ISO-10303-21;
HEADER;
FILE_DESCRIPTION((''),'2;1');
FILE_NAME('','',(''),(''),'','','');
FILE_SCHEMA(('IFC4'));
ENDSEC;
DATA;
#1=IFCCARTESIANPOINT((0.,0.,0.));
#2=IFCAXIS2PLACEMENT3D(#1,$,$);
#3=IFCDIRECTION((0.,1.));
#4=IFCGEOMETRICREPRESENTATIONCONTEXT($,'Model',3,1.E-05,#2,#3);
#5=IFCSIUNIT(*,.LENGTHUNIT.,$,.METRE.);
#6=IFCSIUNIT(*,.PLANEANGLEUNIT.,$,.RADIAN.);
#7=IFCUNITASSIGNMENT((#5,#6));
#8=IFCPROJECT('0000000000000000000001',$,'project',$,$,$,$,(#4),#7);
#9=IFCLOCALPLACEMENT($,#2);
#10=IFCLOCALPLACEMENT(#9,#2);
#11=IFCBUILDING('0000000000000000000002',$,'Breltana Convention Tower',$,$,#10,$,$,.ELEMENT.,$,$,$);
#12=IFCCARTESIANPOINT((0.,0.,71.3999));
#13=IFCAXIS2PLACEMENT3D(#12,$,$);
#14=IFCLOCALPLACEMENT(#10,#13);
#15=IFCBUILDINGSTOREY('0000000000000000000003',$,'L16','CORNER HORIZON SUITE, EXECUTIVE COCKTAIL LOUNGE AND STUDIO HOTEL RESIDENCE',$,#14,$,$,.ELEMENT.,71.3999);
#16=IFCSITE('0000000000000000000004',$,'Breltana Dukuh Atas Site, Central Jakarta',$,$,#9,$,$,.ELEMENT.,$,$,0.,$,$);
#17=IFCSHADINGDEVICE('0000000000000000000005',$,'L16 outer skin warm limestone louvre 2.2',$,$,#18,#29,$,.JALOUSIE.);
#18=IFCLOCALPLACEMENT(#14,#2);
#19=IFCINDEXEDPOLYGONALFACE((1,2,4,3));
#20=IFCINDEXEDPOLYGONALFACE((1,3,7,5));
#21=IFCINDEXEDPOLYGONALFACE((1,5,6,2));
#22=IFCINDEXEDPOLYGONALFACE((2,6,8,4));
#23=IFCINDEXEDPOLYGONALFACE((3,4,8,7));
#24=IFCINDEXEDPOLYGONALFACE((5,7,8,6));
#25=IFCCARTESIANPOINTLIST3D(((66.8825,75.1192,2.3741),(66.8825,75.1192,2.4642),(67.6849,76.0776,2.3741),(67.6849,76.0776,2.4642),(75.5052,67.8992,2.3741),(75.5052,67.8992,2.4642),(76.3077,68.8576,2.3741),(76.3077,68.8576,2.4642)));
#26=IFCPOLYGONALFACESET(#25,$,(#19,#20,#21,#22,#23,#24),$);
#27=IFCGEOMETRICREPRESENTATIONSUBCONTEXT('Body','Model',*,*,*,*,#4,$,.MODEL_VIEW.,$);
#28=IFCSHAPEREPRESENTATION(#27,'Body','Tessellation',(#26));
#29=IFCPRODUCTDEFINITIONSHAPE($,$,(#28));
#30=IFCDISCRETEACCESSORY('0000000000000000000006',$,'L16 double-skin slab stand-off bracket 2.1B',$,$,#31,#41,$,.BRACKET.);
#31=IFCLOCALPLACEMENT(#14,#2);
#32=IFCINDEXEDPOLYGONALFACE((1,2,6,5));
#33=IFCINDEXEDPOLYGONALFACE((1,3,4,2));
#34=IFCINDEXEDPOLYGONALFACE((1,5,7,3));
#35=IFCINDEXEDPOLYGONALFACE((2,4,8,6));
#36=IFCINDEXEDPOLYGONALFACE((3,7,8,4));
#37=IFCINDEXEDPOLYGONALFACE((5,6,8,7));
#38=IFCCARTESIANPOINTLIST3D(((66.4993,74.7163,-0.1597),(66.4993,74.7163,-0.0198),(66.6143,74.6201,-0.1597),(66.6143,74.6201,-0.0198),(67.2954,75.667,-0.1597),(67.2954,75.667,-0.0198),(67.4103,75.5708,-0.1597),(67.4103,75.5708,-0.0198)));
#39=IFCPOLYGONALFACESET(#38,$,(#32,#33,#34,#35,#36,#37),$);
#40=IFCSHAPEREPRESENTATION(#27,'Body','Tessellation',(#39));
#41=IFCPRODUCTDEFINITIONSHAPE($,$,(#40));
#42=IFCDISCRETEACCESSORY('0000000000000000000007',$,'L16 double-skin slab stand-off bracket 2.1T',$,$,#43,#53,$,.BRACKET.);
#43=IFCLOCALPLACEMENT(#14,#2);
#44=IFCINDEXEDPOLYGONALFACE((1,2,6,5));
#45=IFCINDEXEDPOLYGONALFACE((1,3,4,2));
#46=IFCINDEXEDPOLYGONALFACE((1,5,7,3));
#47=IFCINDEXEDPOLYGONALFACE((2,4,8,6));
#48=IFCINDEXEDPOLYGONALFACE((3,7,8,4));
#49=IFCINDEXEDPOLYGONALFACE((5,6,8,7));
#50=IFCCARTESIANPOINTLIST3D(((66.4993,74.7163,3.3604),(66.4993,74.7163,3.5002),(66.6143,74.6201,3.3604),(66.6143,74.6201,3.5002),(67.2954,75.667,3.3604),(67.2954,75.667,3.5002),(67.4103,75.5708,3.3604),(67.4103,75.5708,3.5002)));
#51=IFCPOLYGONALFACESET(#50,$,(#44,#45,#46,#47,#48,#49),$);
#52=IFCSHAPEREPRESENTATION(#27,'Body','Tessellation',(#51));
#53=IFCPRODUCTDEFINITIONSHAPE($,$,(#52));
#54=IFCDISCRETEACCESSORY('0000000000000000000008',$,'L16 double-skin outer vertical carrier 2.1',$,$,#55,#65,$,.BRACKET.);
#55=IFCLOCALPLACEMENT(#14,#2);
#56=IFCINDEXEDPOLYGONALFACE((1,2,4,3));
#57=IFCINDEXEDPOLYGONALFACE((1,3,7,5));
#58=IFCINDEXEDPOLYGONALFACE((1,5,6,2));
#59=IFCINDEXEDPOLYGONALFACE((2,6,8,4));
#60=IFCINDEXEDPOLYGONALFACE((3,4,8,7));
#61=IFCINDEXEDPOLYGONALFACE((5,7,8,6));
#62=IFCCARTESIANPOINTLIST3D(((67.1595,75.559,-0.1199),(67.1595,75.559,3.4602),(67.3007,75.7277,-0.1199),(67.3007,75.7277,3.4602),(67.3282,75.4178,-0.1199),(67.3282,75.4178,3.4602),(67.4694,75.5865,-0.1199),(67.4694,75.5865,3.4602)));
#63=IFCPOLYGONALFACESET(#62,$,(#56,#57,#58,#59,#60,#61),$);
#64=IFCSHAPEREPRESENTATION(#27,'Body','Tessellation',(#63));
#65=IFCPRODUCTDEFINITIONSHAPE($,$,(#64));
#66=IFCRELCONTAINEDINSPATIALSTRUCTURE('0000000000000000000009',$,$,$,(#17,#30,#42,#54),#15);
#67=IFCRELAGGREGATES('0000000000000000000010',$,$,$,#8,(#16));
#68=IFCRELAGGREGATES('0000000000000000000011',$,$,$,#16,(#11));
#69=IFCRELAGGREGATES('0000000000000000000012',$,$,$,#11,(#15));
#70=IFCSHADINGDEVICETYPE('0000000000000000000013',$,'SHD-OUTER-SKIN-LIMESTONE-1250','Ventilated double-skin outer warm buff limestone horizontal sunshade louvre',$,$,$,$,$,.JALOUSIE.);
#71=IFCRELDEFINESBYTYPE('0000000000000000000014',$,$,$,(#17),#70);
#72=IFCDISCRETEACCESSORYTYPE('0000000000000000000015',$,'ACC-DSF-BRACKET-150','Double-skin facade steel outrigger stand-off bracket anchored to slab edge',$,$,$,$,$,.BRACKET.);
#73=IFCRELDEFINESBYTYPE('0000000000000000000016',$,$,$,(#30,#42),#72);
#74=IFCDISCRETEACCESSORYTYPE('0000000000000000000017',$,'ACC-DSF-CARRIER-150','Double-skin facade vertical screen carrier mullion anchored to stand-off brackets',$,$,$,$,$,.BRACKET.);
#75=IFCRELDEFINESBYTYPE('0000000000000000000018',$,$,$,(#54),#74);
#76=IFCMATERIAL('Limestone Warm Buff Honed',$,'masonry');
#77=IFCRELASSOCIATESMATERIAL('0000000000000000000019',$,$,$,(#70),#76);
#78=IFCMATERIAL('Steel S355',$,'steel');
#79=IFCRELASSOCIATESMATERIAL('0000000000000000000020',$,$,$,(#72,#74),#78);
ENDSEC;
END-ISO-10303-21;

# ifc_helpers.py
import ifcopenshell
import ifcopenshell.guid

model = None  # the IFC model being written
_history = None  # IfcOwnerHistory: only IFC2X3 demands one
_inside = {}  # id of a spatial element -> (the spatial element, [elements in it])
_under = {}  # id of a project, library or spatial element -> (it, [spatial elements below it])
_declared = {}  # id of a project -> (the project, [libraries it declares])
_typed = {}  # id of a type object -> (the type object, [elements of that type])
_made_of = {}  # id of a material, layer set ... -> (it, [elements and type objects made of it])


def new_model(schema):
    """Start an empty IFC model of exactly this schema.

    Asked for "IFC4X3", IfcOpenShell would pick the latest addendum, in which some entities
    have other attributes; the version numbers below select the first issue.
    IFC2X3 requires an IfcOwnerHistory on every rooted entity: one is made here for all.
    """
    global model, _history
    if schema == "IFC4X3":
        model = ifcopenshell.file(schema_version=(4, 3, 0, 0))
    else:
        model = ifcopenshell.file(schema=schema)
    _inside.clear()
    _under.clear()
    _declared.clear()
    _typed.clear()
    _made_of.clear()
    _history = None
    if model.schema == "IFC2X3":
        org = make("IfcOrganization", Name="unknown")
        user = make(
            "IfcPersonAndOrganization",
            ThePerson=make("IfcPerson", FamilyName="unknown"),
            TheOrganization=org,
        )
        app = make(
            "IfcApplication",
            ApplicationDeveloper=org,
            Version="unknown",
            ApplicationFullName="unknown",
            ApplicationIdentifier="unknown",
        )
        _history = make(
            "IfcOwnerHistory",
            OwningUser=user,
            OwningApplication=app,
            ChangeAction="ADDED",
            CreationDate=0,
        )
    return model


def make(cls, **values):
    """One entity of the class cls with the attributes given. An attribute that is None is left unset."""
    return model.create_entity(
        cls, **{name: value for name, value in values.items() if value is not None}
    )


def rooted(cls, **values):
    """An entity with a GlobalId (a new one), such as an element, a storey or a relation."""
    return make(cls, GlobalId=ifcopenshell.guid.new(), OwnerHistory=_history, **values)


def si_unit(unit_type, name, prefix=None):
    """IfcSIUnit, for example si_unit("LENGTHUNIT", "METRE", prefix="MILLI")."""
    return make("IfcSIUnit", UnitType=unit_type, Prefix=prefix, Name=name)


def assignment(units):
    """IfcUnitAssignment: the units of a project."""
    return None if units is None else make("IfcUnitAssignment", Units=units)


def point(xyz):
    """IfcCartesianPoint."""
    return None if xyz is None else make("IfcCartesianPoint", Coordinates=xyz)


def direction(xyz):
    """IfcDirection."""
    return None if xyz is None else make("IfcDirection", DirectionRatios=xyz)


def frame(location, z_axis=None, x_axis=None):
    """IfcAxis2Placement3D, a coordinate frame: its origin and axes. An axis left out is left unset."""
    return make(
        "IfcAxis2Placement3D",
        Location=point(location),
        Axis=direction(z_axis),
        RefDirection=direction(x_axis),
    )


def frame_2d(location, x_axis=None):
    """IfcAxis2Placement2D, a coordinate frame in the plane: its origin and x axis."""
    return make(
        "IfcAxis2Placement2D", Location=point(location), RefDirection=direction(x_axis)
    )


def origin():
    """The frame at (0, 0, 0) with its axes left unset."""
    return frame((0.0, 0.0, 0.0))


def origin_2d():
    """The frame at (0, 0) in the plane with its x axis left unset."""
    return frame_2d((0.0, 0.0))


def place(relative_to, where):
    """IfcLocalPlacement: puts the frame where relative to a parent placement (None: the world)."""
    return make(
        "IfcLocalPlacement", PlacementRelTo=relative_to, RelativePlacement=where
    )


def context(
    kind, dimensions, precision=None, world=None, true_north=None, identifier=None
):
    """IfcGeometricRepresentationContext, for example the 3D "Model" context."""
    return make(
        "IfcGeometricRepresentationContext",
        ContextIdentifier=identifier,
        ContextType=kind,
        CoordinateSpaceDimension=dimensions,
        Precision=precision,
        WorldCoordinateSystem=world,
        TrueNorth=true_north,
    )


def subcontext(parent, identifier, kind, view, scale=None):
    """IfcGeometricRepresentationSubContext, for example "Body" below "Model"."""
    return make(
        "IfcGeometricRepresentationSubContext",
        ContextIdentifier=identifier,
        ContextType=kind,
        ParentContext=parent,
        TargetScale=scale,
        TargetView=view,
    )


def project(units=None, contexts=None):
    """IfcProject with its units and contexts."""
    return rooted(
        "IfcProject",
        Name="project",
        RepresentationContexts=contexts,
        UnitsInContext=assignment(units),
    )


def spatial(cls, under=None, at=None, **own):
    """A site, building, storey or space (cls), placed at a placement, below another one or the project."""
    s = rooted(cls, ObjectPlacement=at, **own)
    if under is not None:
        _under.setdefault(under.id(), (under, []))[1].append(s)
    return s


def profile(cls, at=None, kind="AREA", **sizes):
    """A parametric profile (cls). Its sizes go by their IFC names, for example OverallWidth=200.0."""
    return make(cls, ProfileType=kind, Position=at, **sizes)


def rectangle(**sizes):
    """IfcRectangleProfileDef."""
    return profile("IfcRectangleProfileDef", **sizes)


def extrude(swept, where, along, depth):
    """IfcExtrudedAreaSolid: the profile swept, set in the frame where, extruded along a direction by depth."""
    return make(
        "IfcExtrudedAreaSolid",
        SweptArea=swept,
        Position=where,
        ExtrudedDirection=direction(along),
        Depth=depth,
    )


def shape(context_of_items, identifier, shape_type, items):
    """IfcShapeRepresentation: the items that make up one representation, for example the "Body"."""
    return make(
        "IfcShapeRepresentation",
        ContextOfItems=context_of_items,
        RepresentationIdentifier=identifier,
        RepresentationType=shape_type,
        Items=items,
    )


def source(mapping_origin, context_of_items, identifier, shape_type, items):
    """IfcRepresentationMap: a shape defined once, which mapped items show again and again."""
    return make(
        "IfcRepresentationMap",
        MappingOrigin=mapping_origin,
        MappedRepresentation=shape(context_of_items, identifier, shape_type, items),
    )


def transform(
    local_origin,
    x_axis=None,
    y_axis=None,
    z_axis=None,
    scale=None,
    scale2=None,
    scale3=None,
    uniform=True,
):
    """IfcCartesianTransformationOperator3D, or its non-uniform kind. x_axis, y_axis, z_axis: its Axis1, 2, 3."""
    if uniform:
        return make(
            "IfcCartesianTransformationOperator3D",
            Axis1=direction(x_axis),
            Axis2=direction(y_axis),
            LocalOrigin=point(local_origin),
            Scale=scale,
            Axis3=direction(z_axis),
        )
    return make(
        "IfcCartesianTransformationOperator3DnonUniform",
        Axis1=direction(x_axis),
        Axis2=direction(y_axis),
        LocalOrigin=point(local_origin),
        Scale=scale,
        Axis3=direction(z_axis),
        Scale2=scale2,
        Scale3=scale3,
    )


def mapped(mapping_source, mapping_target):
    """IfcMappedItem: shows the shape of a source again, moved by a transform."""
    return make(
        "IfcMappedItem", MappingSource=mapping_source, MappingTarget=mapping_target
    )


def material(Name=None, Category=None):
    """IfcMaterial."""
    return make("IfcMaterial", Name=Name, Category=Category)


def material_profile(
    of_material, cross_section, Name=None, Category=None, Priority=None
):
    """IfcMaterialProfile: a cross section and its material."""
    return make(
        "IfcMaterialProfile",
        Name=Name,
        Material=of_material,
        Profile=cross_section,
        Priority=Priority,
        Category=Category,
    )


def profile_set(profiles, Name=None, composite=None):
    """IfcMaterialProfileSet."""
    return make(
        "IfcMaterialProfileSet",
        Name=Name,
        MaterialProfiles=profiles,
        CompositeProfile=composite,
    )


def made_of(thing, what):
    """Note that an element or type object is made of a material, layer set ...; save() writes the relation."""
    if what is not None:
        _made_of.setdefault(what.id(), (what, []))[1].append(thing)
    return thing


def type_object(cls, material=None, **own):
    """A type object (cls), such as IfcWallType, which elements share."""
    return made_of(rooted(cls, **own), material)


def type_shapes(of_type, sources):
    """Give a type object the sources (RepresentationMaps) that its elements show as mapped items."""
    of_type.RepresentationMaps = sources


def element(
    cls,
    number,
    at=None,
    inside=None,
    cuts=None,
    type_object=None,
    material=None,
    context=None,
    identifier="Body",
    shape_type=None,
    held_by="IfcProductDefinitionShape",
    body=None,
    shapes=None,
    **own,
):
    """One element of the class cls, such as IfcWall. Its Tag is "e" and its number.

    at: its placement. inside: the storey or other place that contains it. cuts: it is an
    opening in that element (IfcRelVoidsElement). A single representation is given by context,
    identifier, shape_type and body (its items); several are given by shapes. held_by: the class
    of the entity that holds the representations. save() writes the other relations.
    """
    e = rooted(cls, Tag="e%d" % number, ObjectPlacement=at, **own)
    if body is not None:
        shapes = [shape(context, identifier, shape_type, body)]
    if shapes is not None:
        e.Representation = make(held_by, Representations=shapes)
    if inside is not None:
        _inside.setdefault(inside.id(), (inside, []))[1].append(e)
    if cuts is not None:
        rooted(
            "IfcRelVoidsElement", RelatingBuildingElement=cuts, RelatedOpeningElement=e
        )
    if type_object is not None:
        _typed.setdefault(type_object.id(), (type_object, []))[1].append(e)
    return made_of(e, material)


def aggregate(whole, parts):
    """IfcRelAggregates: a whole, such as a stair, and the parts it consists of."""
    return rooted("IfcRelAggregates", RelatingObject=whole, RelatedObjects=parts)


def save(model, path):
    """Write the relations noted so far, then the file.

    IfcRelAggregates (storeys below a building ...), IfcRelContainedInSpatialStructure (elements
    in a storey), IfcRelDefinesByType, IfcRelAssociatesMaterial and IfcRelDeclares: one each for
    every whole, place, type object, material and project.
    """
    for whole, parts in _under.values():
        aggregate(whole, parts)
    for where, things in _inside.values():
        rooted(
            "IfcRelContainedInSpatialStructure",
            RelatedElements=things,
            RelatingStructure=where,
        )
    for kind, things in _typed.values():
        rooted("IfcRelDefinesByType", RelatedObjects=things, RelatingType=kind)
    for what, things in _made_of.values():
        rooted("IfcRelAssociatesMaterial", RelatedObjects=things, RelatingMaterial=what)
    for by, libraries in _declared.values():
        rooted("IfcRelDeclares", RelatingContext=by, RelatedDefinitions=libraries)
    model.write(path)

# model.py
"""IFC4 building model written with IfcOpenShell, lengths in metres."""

from ifc_helpers import new_model, si_unit, direction, frame, origin, origin_2d, place, context, subcontext, project, spatial, rectangle, extrude, source, transform, mapped, material, material_profile, profile_set, type_object, type_shapes, element, save


model = new_model("IFC4")

# Units and contexts
model_context = context("Model", 3, precision=1e-05, world=origin(), true_north=direction((0.0, 1.0)))
body_context = subcontext(model_context, "Body", "Model", "MODEL_VIEW")
ifc_project = project(units=[si_unit("LENGTHUNIT", "METRE"), si_unit("PLANEANGLEUNIT", "RADIAN")], contexts=[model_context])

# Site, building, storey
site_placement = place(None, origin())
site = spatial("IfcSite", under=ifc_project, at=site_placement, Name="Breltana Dukuh Atas Site, Central Jakarta", CompositionType="ELEMENT", RefElevation=0.0)
building_placement = place(site_placement, origin())
building = spatial("IfcBuilding", under=site, at=building_placement, Name="Breltana Convention Tower", CompositionType="ELEMENT")
storey_placement = place(building_placement, frame((0.0, 0.0, 71.3999)))
storey = spatial("IfcBuildingStorey", under=building, at=storey_placement, Name="L16", Description="CORNER HORIZON SUITE, EXECUTIVE COCKTAIL LOUNGE AND STUDIO HOTEL RESIDENCE", CompositionType="ELEMENT", Elevation=71.3999)

# Shading device
ifc_material_1 = material(Name="Limestone Warm Buff Honed", Category="masonry")
ifc_material_profile_1 = material_profile(ifc_material_1, rectangle(XDim=1.25, YDim=0.0901, at=origin_2d()), Name="STN-LVR-1250X90")
ifc_profile_set_1 = profile_set([ifc_material_profile_1], Name="Limestone Warm Buff Honed")
shading_device_type = type_object("IfcShadingDeviceType", Name="SHD-OUTER-SKIN-LIMESTONE-1250", Description="Ventilated double-skin outer warm buff limestone horizontal sunshade louvre", PredefinedType="JALOUSIE", material=ifc_profile_set_1)
shared_shape_1 = source(origin(), body_context, "Body", "SweptSolid", [
    extrude(rectangle(XDim=1.25, YDim=0.0901, at=origin_2d()), origin(), (0.0, 0.0, 1.0), 11.2463),
])
for number, where, z_axis, x_axis, name in (
    (1, (67.2837, 75.5984, 2.4192), (0.766719, -0.641983, 0.0), (0.641983, 0.766719, 0.0), "L16 outer skin warm limestone louvre 2.2"),
):
    element("IfcShadingDevice", number, at=place(storey_placement, frame(where, z_axis=z_axis, x_axis=x_axis)), inside=storey, type_object=shading_device_type, Name=name, PredefinedType="JALOUSIE", context=body_context, shape_type="MappedRepresentation", body=[
        mapped(shared_shape_1, transform((0.0, 0.0, 0.0), scale=1.0)),
    ])

# Discrete accessories
ifc_material_2 = material(Name="Steel S355", Category="steel")
discrete_accessory_type_1 = type_object("IfcDiscreteAccessoryType", Name="ACC-DSF-BRACKET-150", Description="Double-skin facade steel outrigger stand-off bracket anchored to slab edge", PredefinedType="BRACKET", material=ifc_material_2)
shared_shape_2 = source(origin(), body_context, "Body", "SweptSolid", [
    extrude(rectangle(XDim=1.24, YDim=0.1499, at=origin_2d()), origin(), (0.0, 0.0, 1.0), 0.1399),
])
type_shapes(discrete_accessory_type_1, [shared_shape_2])
for number, where, z_axis, x_axis, name in (
    (2, (66.9548, 75.1436, -0.1597), (0.0, 0.0, 1.0), (0.64199, 0.766713, 0.0), "L16 double-skin slab stand-off bracket 2.1B"),
    (3, (66.9548, 75.1436, 3.3604), (0.0, 0.0, 1.0), (0.64199, 0.766713, 0.0), "L16 double-skin slab stand-off bracket 2.1T"),
):
    element("IfcDiscreteAccessory", number, at=place(storey_placement, frame(where, z_axis=z_axis, x_axis=x_axis)), inside=storey, type_object=discrete_accessory_type_1, Name=name, PredefinedType="BRACKET", context=body_context, shape_type="MappedRepresentation", body=[
        mapped(shared_shape_2, transform((0.0, 0.0, 0.0), scale=1.0)),
    ])
discrete_accessory_type_2 = type_object("IfcDiscreteAccessoryType", Name="ACC-DSF-CARRIER-150", Description="Double-skin facade vertical screen carrier mullion anchored to stand-off brackets", PredefinedType="BRACKET", material=ifc_material_2)
shared_shape_3 = source(origin(), body_context, "Body", "SweptSolid", [
    extrude(rectangle(XDim=0.22, YDim=0.22, at=origin_2d()), origin(), (0.0, 0.0, 1.0), 3.5801),
])
discrete_accessory_placement = place(storey_placement, frame((67.3145, 75.5728, -0.1199), z_axis=(0.0, 0.0, 1.0), x_axis=(0.64199, 0.766713, 0.0)))
element("IfcDiscreteAccessory", 4, at=discrete_accessory_placement, inside=storey, type_object=discrete_accessory_type_2, Name="L16 double-skin outer vertical carrier 2.1", PredefinedType="BRACKET", context=body_context, shape_type="MappedRepresentation", body=[
    mapped(shared_shape_3, transform((0.0, 0.0, 0.0), scale=1.0)),
])

save(model, "model.ifc")
